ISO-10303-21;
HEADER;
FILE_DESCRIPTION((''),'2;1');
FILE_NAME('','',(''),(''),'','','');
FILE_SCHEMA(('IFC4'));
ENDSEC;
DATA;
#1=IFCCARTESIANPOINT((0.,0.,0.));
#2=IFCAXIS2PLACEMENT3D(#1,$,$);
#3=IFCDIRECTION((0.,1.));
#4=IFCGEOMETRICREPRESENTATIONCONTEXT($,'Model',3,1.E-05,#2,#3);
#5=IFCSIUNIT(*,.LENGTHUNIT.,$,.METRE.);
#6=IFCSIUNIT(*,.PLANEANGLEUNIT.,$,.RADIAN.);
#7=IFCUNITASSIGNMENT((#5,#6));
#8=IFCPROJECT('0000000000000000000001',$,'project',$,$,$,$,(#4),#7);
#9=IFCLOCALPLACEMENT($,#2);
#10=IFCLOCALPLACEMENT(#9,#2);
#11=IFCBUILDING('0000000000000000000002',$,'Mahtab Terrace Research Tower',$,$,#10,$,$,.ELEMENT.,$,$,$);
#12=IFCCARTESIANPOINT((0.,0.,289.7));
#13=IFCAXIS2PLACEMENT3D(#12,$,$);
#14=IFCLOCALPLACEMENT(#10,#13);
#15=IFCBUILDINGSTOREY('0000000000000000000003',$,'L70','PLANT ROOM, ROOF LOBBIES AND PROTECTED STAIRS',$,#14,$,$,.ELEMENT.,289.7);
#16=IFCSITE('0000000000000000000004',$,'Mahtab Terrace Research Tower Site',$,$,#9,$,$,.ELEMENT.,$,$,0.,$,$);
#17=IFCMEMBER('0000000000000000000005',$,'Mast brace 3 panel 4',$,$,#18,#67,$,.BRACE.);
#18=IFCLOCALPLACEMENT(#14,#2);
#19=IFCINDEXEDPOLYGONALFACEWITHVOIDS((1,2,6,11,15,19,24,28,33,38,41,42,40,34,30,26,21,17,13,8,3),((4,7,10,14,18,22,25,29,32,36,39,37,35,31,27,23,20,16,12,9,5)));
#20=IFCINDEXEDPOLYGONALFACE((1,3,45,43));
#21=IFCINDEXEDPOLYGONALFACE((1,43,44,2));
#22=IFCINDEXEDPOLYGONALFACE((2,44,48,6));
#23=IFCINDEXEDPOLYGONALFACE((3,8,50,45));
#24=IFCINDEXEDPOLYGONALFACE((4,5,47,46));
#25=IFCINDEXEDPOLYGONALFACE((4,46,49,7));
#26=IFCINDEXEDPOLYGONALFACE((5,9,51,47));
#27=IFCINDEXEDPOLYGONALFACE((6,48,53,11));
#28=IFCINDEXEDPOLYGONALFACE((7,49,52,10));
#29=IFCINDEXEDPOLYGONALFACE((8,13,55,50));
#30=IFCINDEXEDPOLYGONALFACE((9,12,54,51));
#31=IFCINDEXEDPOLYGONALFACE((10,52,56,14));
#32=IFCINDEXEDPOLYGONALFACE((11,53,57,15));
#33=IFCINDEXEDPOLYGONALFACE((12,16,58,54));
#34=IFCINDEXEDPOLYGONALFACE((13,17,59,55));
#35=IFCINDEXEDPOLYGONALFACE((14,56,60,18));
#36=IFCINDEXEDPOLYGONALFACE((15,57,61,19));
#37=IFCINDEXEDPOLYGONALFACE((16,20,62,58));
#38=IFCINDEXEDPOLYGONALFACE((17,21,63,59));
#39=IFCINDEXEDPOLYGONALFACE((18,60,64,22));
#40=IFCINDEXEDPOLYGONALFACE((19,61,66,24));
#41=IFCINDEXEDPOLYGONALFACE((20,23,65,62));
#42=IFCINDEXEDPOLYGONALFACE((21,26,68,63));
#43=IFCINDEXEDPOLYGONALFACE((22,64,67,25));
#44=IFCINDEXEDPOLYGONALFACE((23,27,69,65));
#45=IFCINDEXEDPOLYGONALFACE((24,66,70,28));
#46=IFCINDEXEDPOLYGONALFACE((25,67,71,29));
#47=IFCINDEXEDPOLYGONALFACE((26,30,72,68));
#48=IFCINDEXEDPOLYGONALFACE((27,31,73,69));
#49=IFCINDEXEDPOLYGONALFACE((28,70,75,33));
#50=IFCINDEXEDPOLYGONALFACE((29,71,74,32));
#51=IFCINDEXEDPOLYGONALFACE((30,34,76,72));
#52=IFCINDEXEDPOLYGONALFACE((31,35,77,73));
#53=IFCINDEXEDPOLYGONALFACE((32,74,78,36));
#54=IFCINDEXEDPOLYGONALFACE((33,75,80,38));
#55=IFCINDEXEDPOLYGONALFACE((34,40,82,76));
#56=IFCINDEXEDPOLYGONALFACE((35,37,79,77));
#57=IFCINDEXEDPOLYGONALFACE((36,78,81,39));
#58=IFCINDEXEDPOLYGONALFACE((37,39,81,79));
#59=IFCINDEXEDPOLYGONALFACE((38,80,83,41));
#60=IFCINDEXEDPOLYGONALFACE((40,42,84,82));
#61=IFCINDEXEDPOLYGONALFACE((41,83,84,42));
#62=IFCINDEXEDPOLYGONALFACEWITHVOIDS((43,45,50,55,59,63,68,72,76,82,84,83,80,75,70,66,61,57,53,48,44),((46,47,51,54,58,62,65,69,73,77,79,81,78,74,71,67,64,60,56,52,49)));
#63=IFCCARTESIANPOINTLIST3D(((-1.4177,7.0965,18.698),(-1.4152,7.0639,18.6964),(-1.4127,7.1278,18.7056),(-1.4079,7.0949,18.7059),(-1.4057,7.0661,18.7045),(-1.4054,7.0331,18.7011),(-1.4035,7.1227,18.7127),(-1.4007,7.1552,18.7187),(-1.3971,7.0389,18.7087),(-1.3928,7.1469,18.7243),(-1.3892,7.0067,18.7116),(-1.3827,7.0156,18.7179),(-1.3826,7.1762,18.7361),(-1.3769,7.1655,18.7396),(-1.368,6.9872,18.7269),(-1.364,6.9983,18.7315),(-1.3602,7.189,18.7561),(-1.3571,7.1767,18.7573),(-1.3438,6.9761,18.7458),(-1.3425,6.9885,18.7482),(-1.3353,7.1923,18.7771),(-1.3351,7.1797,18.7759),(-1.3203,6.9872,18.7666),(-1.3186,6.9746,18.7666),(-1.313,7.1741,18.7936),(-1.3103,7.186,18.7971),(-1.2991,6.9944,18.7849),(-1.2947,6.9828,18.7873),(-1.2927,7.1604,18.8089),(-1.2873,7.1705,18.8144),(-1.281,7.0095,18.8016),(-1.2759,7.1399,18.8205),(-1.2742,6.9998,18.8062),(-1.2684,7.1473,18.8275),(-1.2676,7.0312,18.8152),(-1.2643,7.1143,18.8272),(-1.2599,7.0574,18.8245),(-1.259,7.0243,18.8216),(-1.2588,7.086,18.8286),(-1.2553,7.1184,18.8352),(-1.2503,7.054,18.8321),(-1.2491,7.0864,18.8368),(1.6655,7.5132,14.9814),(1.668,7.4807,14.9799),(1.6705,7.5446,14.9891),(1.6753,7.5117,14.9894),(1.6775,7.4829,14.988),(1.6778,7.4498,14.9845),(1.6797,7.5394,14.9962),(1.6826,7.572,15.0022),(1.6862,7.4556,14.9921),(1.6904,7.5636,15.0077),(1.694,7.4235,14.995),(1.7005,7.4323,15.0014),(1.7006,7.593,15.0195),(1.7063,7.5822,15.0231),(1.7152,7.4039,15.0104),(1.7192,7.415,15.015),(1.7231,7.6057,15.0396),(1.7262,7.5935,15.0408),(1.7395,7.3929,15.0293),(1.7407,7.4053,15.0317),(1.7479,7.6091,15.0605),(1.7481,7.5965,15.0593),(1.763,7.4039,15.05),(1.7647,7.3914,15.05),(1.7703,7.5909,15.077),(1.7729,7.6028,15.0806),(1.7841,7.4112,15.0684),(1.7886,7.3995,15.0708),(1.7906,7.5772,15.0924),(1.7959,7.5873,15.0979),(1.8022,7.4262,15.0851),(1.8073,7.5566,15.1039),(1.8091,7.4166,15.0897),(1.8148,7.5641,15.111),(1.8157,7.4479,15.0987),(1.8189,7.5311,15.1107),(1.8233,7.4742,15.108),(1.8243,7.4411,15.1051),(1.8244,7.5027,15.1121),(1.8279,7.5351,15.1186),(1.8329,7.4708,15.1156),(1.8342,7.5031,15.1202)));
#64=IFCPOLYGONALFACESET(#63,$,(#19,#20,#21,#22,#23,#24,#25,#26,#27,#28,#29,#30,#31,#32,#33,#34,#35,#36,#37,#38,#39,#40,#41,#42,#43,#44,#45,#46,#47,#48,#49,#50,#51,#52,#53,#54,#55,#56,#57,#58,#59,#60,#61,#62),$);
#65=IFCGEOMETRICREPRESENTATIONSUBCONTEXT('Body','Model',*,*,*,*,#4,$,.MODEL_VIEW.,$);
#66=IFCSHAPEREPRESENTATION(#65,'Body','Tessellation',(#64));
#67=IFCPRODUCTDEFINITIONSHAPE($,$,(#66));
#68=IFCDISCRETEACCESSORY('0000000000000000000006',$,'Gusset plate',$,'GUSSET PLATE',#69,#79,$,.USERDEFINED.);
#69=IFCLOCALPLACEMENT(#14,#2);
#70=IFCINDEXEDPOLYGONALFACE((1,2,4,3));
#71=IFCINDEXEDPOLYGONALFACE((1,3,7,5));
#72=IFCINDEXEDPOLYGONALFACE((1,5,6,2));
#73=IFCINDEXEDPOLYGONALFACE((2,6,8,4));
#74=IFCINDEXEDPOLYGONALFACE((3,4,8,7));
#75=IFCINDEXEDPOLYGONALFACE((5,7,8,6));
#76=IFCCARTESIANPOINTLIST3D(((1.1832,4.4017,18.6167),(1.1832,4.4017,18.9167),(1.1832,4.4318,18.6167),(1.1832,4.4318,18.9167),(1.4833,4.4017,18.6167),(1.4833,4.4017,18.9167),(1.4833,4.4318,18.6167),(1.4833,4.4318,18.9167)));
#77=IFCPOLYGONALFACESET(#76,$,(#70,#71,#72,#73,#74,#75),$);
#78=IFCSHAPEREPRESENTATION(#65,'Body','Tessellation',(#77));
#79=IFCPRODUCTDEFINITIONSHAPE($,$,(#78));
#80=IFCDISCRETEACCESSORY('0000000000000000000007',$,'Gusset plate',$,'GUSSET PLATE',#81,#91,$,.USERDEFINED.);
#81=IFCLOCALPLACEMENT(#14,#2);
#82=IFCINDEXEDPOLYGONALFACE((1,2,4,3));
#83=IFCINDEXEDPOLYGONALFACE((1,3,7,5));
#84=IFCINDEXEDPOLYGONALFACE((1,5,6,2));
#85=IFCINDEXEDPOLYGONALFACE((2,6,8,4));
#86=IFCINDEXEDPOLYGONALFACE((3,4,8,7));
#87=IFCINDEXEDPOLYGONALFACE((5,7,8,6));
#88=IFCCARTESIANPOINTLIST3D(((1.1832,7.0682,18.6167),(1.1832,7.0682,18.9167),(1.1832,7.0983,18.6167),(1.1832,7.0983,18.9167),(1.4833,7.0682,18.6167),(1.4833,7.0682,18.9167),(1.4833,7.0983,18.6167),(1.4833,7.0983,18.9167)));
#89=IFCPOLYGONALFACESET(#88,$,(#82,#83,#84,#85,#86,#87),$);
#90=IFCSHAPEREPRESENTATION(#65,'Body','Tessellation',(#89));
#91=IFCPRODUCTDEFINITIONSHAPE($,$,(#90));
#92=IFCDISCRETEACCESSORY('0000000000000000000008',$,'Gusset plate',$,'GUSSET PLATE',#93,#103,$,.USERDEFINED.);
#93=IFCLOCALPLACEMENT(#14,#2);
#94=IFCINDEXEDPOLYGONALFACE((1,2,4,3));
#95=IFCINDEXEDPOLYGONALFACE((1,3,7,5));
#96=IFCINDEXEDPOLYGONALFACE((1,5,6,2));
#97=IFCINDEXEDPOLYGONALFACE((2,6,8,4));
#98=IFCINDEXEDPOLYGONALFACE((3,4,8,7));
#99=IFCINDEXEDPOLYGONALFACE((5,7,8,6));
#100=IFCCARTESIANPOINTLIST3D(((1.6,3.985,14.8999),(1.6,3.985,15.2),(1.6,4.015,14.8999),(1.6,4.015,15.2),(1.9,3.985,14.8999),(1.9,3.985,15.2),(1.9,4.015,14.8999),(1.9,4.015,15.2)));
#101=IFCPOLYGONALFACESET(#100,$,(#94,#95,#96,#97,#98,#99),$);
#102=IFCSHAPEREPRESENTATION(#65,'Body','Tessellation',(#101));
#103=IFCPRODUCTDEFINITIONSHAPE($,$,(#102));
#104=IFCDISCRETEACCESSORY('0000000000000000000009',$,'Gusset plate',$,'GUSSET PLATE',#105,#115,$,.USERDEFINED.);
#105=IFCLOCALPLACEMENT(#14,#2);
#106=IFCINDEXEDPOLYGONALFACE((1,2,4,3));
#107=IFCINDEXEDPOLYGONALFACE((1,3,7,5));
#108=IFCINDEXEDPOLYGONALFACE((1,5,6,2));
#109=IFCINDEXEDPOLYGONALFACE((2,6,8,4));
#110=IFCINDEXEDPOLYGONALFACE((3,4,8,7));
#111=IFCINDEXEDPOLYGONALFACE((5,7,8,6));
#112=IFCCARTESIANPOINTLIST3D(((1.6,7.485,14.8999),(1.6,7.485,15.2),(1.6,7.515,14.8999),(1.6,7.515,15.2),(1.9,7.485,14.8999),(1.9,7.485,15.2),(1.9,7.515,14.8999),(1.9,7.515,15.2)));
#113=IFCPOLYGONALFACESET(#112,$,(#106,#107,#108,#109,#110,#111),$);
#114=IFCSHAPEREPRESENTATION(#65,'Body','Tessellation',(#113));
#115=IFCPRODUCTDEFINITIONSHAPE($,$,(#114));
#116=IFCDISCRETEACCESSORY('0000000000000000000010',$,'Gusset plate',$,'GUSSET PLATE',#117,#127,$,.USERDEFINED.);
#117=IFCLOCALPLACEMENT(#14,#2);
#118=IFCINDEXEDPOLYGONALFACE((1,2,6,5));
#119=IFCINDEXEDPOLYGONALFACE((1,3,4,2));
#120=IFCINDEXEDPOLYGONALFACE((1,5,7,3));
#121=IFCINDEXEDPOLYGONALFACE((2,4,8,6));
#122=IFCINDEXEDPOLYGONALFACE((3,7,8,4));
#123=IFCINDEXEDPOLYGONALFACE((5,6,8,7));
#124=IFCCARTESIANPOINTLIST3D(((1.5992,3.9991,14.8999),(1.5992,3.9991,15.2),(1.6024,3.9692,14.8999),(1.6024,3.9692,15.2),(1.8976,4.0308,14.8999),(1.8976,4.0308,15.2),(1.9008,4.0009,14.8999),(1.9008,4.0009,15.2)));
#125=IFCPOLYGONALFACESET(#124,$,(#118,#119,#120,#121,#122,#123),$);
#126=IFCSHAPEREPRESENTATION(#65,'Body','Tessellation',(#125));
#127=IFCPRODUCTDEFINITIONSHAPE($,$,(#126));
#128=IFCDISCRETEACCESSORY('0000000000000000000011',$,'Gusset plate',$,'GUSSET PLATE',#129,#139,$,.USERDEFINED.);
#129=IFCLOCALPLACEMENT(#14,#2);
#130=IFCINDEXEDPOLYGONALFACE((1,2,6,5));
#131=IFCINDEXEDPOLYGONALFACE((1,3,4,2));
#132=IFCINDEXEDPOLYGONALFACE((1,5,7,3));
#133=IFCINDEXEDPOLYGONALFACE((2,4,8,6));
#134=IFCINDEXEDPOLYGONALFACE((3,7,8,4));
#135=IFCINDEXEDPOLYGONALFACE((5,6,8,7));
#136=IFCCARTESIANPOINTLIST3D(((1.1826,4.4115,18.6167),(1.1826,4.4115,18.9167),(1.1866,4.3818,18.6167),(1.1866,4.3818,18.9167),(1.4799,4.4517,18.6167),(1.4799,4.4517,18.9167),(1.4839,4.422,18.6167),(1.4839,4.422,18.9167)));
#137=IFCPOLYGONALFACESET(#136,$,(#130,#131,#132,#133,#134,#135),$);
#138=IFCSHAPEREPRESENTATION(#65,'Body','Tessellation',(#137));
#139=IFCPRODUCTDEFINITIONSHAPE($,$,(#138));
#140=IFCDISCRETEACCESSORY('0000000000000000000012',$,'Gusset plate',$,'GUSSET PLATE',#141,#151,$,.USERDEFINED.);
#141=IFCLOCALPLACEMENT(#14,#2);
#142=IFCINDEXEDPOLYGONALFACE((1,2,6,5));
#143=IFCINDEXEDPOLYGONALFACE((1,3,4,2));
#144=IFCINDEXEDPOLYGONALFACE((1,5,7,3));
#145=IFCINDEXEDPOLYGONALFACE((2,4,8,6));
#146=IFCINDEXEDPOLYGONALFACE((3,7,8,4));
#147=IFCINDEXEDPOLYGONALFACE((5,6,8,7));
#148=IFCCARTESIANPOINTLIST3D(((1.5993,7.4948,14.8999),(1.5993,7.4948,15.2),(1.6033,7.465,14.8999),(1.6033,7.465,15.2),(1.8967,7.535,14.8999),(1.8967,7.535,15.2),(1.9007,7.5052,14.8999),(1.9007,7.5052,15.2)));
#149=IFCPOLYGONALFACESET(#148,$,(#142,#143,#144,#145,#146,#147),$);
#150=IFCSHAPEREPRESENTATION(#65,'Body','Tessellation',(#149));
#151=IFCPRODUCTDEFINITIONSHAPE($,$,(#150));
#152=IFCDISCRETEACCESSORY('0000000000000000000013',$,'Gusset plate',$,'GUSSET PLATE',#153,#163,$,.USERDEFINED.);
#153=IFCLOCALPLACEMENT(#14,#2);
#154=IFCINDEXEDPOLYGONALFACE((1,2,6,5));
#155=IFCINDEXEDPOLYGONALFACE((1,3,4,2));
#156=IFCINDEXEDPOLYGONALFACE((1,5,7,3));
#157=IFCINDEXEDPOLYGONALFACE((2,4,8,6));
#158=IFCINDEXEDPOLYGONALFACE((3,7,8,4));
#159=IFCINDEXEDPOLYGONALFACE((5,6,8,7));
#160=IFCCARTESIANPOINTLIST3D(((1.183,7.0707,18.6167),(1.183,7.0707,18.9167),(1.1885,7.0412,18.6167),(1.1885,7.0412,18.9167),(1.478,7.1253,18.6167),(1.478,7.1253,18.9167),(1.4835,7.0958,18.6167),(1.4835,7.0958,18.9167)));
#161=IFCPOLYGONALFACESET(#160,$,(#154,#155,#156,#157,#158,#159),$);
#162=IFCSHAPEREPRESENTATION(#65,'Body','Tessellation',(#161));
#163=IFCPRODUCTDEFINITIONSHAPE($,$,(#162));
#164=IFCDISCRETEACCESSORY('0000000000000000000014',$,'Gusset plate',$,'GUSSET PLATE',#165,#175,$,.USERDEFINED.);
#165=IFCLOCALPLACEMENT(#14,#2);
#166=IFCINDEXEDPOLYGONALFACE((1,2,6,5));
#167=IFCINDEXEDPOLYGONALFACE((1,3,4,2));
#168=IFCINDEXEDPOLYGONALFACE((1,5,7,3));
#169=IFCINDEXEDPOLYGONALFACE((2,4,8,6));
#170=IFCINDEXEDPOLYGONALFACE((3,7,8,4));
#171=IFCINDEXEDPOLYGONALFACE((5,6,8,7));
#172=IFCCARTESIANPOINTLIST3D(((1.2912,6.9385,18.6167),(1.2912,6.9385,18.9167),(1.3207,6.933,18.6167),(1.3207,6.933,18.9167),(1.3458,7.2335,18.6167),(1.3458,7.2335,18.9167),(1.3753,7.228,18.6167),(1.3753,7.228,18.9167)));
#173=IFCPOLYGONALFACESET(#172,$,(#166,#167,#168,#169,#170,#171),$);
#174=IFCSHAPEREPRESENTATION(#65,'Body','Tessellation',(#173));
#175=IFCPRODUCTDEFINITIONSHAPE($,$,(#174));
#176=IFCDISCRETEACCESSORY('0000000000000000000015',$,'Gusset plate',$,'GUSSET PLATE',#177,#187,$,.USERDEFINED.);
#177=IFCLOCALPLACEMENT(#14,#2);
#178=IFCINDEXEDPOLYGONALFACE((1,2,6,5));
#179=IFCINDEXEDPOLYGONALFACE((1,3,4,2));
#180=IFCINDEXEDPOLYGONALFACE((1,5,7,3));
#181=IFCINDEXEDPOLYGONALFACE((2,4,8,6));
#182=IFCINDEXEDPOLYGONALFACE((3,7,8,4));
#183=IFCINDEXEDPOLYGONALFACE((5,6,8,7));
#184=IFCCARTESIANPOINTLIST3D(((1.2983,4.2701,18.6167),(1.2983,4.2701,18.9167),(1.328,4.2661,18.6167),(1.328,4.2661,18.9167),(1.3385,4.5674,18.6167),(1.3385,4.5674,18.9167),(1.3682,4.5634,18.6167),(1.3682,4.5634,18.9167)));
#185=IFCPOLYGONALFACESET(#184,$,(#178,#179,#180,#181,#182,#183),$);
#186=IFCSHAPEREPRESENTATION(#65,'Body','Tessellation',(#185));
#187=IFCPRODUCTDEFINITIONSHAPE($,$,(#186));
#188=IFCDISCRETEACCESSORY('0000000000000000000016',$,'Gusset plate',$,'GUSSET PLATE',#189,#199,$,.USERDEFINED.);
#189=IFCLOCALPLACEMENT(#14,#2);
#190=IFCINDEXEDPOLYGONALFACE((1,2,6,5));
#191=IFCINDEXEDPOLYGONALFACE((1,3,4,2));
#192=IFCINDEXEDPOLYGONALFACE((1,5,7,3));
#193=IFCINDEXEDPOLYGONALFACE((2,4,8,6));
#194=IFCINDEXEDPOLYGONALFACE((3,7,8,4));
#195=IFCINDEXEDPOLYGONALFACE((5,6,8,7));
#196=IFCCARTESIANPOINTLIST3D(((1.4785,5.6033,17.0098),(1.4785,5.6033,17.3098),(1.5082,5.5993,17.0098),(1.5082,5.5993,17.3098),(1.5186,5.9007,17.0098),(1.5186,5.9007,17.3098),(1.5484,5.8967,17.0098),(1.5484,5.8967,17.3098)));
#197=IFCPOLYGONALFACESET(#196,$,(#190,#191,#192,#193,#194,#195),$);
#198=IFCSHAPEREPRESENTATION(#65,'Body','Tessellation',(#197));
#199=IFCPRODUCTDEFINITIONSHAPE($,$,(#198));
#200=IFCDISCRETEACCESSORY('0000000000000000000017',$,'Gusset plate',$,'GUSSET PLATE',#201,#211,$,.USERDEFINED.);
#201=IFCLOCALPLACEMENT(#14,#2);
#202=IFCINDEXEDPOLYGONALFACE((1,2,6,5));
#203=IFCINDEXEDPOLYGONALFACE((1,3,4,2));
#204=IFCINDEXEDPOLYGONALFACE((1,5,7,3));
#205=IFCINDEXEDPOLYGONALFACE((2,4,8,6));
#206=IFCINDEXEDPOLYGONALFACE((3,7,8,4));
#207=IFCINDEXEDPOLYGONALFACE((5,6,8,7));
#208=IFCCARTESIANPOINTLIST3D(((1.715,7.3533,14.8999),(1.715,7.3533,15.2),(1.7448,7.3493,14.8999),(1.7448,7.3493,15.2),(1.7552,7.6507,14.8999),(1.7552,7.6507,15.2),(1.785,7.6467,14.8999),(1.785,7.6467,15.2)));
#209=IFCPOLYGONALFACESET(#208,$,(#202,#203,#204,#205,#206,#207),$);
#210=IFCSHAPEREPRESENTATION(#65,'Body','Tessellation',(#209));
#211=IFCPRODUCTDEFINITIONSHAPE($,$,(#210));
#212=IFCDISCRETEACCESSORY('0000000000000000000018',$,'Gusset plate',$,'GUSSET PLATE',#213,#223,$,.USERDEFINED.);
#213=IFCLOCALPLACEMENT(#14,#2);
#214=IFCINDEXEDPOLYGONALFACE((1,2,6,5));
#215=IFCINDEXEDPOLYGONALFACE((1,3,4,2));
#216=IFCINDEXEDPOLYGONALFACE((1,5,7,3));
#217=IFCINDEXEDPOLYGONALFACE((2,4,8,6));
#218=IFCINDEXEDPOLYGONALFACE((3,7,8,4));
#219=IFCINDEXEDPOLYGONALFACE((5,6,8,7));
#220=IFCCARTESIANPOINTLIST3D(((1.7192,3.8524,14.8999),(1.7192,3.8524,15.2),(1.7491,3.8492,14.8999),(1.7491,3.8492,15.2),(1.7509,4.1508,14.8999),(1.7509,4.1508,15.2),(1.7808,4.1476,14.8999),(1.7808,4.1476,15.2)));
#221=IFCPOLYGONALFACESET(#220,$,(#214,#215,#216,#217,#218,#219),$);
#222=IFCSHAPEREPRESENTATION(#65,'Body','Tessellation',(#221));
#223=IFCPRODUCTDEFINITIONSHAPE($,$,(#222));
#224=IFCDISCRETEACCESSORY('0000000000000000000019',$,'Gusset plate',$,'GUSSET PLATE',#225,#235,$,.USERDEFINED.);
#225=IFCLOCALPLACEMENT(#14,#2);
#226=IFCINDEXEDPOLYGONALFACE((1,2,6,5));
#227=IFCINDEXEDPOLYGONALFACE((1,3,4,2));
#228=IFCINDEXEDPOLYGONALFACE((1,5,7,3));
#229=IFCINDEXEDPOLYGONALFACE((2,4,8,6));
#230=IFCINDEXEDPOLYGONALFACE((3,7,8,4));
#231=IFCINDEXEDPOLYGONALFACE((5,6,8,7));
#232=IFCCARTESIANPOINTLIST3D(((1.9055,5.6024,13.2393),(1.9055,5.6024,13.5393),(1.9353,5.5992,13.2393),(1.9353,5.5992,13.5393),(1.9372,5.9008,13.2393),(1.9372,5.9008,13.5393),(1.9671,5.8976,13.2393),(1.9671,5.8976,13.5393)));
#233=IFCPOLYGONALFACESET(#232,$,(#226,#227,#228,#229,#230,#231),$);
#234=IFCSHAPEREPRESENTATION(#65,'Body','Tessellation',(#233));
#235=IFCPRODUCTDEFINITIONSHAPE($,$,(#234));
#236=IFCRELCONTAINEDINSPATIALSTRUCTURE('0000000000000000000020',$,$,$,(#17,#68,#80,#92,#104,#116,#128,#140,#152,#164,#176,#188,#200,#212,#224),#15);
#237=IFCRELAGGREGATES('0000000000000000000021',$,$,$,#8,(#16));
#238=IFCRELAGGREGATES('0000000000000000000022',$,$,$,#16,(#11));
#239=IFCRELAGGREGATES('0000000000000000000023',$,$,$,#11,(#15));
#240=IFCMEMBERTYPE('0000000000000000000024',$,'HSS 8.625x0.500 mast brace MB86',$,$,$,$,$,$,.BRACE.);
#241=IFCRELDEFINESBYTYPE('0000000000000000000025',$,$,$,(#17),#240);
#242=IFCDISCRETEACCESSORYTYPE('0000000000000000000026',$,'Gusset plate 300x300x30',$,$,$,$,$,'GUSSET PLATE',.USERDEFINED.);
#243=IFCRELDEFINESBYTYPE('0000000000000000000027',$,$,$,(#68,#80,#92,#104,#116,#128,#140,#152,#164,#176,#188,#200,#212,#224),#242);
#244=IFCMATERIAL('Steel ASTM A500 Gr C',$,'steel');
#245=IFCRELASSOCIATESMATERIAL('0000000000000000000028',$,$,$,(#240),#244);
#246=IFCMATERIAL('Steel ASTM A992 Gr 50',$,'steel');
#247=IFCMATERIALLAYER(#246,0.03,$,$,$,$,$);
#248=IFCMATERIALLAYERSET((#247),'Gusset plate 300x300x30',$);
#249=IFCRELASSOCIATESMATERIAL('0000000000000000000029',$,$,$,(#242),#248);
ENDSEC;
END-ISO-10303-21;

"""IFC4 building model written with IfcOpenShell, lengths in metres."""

from ifc_helpers import new_model, si_unit, direction, frame, origin, origin_2d, place, context, subcontext, project, spatial, rectangle, hollow_circle, extrude, material, layer, layer_set, material_profile, profile_set, type_object, element, save


model = new_model("IFC4")

# Units and contexts
model_context = context("Model", 3, precision=1e-05, world=origin(), true_north=direction((0.0, 1.0)))
body_context = subcontext(model_context, "Body", "Model", "MODEL_VIEW")
ifc_project = project(units=[si_unit("LENGTHUNIT", "METRE"), si_unit("PLANEANGLEUNIT", "RADIAN")], contexts=[model_context])

# Site, building, storey
site_placement = place(None, origin())
site = spatial("IfcSite", under=ifc_project, at=site_placement, Name="Mahtab Terrace Research Tower Site", CompositionType="ELEMENT", RefElevation=0.0)
building_placement = place(site_placement, origin())
building = spatial("IfcBuilding", under=site, at=building_placement, Name="Mahtab Terrace Research Tower", CompositionType="ELEMENT")
storey_placement = place(building_placement, frame((0.0, 0.0, 289.7)))
storey = spatial("IfcBuildingStorey", under=building, at=storey_placement, Name="L70", Description="PLANT ROOM, ROOF LOBBIES AND PROTECTED STAIRS", CompositionType="ELEMENT", Elevation=289.7)

# Member
ifc_material_1 = material(Name="Steel ASTM A500 Gr C", Category="steel")
ifc_material_profile_1 = material_profile(ifc_material_1, hollow_circle(Radius=0.1096, WallThickness=0.0127, at=origin_2d()), Name="HSS8.625X0.500")
ifc_profile_set_1 = profile_set([ifc_material_profile_1], Name="Steel ASTM A500 Gr C")
member_type_1 = type_object("IfcMemberType", Name="HSS 8.625x0.500 mast brace MB86", PredefinedType="BRACE", material=ifc_profile_set_1)
member_1_placement = place(storey_placement, frame((1.75, 7.5, 15.05), z_axis=(-0.636123, -0.085982, 0.766782), x_axis=(0.133947, -0.990988, 0.0)))
element("IfcMember", 1, at=member_1_placement, inside=storey, type_object=member_type_1, Name="Mast brace 3 panel 4", PredefinedType="BRACE", context=body_context, shape_type="SweptSolid", body=[
    extrude(hollow_circle(Radius=0.1096, WallThickness=0.0127, at=origin_2d()), origin(), (0.0, 0.0, 1.0), 4.8469),
])

# Discrete accessories
ifc_material_2 = material(Name="Steel ASTM A992 Gr 50", Category="steel")
ifc_layer = layer(ifc_material_2, 0.03)
ifc_layer_set = layer_set([ifc_layer], Name="Gusset plate 300x300x30")
discrete_accessory_type = type_object("IfcDiscreteAccessoryType", Name="Gusset plate 300x300x30", ElementType="GUSSET PLATE", PredefinedType="USERDEFINED", material=ifc_layer_set)
for number, where, z_axis, x_axis, name in (
    (2, (1.3333, 4.4167, 18.6167), (0.0, 0.0, 1.0), (1.0, 0.0, 0.0), "Gusset plate"),
    (3, (1.3333, 7.0833, 18.6167), (0.0, 0.0, 1.0), (1.0, 0.0, 0.0), "Gusset plate"),
    (4, (1.75, 4.0, 14.8999), (0.0, 0.0, 1.0), (1.0, 0.0, 0.0), "Gusset plate"),
    (5, (1.75, 7.5, 14.8999), (0.0, 0.0, 1.0), (1.0, 0.0, 0.0), "Gusset plate"),
    (6, (1.75, 4.0, 14.8999), (0.0, 0.0, 1.0), (0.99439, 0.105778, 0.0), "Gusset plate"),
    (7, (1.3333, 4.4167, 18.6167), (0.0, 0.0, 1.0), (0.990993, 0.133917, 0.0), "Gusset plate"),
    (8, (1.75, 7.5, 14.8999), (0.0, 0.0, 1.0), (0.990993, 0.133917, 0.0), "Gusset plate"),
    (9, (1.3333, 7.0833, 18.6167), (0.0, 0.0, 1.0), (0.983284, 0.182081, 0.0), "Gusset plate"),
    (10, (1.3333, 7.0833, 18.6167), (0.0, 0.0, 1.0), (0.182098, 0.98328, 0.0), "Gusset plate"),
    (11, (1.3333, 4.4167, 18.6167), (0.0, 0.0, 1.0), (0.1339, 0.990995, 0.0), "Gusset plate"),
    (12, (1.5134, 5.75, 17.0098), (0.0, 0.0, 1.0), (0.133917, 0.990993, 0.0), "Gusset plate"),
    (13, (1.75, 7.5, 14.8999), (0.0, 0.0, 1.0), (0.133917, 0.990993, 0.0), "Gusset plate"),
    (14, (1.75, 4.0, 14.8999), (0.0, 0.0, 1.0), (0.105795, 0.994388, 0.0), "Gusset plate"),
    (15, (1.9363, 5.75, 13.2393), (0.0, 0.0, 1.0), (0.105778, 0.99439, 0.0), "Gusset plate"),
):
    element("IfcDiscreteAccessory", number, at=place(storey_placement, frame(where, z_axis=z_axis, x_axis=x_axis)), inside=storey, type_object=discrete_accessory_type, Name=name, ObjectType="GUSSET PLATE", PredefinedType="USERDEFINED", context=body_context, shape_type="SweptSolid", body=[
        extrude(rectangle(XDim=0.3, YDim=0.03, at=origin_2d()), origin(), (0.0, 0.0, 1.0), 0.3),
    ])

save(model, "model.ifc")
